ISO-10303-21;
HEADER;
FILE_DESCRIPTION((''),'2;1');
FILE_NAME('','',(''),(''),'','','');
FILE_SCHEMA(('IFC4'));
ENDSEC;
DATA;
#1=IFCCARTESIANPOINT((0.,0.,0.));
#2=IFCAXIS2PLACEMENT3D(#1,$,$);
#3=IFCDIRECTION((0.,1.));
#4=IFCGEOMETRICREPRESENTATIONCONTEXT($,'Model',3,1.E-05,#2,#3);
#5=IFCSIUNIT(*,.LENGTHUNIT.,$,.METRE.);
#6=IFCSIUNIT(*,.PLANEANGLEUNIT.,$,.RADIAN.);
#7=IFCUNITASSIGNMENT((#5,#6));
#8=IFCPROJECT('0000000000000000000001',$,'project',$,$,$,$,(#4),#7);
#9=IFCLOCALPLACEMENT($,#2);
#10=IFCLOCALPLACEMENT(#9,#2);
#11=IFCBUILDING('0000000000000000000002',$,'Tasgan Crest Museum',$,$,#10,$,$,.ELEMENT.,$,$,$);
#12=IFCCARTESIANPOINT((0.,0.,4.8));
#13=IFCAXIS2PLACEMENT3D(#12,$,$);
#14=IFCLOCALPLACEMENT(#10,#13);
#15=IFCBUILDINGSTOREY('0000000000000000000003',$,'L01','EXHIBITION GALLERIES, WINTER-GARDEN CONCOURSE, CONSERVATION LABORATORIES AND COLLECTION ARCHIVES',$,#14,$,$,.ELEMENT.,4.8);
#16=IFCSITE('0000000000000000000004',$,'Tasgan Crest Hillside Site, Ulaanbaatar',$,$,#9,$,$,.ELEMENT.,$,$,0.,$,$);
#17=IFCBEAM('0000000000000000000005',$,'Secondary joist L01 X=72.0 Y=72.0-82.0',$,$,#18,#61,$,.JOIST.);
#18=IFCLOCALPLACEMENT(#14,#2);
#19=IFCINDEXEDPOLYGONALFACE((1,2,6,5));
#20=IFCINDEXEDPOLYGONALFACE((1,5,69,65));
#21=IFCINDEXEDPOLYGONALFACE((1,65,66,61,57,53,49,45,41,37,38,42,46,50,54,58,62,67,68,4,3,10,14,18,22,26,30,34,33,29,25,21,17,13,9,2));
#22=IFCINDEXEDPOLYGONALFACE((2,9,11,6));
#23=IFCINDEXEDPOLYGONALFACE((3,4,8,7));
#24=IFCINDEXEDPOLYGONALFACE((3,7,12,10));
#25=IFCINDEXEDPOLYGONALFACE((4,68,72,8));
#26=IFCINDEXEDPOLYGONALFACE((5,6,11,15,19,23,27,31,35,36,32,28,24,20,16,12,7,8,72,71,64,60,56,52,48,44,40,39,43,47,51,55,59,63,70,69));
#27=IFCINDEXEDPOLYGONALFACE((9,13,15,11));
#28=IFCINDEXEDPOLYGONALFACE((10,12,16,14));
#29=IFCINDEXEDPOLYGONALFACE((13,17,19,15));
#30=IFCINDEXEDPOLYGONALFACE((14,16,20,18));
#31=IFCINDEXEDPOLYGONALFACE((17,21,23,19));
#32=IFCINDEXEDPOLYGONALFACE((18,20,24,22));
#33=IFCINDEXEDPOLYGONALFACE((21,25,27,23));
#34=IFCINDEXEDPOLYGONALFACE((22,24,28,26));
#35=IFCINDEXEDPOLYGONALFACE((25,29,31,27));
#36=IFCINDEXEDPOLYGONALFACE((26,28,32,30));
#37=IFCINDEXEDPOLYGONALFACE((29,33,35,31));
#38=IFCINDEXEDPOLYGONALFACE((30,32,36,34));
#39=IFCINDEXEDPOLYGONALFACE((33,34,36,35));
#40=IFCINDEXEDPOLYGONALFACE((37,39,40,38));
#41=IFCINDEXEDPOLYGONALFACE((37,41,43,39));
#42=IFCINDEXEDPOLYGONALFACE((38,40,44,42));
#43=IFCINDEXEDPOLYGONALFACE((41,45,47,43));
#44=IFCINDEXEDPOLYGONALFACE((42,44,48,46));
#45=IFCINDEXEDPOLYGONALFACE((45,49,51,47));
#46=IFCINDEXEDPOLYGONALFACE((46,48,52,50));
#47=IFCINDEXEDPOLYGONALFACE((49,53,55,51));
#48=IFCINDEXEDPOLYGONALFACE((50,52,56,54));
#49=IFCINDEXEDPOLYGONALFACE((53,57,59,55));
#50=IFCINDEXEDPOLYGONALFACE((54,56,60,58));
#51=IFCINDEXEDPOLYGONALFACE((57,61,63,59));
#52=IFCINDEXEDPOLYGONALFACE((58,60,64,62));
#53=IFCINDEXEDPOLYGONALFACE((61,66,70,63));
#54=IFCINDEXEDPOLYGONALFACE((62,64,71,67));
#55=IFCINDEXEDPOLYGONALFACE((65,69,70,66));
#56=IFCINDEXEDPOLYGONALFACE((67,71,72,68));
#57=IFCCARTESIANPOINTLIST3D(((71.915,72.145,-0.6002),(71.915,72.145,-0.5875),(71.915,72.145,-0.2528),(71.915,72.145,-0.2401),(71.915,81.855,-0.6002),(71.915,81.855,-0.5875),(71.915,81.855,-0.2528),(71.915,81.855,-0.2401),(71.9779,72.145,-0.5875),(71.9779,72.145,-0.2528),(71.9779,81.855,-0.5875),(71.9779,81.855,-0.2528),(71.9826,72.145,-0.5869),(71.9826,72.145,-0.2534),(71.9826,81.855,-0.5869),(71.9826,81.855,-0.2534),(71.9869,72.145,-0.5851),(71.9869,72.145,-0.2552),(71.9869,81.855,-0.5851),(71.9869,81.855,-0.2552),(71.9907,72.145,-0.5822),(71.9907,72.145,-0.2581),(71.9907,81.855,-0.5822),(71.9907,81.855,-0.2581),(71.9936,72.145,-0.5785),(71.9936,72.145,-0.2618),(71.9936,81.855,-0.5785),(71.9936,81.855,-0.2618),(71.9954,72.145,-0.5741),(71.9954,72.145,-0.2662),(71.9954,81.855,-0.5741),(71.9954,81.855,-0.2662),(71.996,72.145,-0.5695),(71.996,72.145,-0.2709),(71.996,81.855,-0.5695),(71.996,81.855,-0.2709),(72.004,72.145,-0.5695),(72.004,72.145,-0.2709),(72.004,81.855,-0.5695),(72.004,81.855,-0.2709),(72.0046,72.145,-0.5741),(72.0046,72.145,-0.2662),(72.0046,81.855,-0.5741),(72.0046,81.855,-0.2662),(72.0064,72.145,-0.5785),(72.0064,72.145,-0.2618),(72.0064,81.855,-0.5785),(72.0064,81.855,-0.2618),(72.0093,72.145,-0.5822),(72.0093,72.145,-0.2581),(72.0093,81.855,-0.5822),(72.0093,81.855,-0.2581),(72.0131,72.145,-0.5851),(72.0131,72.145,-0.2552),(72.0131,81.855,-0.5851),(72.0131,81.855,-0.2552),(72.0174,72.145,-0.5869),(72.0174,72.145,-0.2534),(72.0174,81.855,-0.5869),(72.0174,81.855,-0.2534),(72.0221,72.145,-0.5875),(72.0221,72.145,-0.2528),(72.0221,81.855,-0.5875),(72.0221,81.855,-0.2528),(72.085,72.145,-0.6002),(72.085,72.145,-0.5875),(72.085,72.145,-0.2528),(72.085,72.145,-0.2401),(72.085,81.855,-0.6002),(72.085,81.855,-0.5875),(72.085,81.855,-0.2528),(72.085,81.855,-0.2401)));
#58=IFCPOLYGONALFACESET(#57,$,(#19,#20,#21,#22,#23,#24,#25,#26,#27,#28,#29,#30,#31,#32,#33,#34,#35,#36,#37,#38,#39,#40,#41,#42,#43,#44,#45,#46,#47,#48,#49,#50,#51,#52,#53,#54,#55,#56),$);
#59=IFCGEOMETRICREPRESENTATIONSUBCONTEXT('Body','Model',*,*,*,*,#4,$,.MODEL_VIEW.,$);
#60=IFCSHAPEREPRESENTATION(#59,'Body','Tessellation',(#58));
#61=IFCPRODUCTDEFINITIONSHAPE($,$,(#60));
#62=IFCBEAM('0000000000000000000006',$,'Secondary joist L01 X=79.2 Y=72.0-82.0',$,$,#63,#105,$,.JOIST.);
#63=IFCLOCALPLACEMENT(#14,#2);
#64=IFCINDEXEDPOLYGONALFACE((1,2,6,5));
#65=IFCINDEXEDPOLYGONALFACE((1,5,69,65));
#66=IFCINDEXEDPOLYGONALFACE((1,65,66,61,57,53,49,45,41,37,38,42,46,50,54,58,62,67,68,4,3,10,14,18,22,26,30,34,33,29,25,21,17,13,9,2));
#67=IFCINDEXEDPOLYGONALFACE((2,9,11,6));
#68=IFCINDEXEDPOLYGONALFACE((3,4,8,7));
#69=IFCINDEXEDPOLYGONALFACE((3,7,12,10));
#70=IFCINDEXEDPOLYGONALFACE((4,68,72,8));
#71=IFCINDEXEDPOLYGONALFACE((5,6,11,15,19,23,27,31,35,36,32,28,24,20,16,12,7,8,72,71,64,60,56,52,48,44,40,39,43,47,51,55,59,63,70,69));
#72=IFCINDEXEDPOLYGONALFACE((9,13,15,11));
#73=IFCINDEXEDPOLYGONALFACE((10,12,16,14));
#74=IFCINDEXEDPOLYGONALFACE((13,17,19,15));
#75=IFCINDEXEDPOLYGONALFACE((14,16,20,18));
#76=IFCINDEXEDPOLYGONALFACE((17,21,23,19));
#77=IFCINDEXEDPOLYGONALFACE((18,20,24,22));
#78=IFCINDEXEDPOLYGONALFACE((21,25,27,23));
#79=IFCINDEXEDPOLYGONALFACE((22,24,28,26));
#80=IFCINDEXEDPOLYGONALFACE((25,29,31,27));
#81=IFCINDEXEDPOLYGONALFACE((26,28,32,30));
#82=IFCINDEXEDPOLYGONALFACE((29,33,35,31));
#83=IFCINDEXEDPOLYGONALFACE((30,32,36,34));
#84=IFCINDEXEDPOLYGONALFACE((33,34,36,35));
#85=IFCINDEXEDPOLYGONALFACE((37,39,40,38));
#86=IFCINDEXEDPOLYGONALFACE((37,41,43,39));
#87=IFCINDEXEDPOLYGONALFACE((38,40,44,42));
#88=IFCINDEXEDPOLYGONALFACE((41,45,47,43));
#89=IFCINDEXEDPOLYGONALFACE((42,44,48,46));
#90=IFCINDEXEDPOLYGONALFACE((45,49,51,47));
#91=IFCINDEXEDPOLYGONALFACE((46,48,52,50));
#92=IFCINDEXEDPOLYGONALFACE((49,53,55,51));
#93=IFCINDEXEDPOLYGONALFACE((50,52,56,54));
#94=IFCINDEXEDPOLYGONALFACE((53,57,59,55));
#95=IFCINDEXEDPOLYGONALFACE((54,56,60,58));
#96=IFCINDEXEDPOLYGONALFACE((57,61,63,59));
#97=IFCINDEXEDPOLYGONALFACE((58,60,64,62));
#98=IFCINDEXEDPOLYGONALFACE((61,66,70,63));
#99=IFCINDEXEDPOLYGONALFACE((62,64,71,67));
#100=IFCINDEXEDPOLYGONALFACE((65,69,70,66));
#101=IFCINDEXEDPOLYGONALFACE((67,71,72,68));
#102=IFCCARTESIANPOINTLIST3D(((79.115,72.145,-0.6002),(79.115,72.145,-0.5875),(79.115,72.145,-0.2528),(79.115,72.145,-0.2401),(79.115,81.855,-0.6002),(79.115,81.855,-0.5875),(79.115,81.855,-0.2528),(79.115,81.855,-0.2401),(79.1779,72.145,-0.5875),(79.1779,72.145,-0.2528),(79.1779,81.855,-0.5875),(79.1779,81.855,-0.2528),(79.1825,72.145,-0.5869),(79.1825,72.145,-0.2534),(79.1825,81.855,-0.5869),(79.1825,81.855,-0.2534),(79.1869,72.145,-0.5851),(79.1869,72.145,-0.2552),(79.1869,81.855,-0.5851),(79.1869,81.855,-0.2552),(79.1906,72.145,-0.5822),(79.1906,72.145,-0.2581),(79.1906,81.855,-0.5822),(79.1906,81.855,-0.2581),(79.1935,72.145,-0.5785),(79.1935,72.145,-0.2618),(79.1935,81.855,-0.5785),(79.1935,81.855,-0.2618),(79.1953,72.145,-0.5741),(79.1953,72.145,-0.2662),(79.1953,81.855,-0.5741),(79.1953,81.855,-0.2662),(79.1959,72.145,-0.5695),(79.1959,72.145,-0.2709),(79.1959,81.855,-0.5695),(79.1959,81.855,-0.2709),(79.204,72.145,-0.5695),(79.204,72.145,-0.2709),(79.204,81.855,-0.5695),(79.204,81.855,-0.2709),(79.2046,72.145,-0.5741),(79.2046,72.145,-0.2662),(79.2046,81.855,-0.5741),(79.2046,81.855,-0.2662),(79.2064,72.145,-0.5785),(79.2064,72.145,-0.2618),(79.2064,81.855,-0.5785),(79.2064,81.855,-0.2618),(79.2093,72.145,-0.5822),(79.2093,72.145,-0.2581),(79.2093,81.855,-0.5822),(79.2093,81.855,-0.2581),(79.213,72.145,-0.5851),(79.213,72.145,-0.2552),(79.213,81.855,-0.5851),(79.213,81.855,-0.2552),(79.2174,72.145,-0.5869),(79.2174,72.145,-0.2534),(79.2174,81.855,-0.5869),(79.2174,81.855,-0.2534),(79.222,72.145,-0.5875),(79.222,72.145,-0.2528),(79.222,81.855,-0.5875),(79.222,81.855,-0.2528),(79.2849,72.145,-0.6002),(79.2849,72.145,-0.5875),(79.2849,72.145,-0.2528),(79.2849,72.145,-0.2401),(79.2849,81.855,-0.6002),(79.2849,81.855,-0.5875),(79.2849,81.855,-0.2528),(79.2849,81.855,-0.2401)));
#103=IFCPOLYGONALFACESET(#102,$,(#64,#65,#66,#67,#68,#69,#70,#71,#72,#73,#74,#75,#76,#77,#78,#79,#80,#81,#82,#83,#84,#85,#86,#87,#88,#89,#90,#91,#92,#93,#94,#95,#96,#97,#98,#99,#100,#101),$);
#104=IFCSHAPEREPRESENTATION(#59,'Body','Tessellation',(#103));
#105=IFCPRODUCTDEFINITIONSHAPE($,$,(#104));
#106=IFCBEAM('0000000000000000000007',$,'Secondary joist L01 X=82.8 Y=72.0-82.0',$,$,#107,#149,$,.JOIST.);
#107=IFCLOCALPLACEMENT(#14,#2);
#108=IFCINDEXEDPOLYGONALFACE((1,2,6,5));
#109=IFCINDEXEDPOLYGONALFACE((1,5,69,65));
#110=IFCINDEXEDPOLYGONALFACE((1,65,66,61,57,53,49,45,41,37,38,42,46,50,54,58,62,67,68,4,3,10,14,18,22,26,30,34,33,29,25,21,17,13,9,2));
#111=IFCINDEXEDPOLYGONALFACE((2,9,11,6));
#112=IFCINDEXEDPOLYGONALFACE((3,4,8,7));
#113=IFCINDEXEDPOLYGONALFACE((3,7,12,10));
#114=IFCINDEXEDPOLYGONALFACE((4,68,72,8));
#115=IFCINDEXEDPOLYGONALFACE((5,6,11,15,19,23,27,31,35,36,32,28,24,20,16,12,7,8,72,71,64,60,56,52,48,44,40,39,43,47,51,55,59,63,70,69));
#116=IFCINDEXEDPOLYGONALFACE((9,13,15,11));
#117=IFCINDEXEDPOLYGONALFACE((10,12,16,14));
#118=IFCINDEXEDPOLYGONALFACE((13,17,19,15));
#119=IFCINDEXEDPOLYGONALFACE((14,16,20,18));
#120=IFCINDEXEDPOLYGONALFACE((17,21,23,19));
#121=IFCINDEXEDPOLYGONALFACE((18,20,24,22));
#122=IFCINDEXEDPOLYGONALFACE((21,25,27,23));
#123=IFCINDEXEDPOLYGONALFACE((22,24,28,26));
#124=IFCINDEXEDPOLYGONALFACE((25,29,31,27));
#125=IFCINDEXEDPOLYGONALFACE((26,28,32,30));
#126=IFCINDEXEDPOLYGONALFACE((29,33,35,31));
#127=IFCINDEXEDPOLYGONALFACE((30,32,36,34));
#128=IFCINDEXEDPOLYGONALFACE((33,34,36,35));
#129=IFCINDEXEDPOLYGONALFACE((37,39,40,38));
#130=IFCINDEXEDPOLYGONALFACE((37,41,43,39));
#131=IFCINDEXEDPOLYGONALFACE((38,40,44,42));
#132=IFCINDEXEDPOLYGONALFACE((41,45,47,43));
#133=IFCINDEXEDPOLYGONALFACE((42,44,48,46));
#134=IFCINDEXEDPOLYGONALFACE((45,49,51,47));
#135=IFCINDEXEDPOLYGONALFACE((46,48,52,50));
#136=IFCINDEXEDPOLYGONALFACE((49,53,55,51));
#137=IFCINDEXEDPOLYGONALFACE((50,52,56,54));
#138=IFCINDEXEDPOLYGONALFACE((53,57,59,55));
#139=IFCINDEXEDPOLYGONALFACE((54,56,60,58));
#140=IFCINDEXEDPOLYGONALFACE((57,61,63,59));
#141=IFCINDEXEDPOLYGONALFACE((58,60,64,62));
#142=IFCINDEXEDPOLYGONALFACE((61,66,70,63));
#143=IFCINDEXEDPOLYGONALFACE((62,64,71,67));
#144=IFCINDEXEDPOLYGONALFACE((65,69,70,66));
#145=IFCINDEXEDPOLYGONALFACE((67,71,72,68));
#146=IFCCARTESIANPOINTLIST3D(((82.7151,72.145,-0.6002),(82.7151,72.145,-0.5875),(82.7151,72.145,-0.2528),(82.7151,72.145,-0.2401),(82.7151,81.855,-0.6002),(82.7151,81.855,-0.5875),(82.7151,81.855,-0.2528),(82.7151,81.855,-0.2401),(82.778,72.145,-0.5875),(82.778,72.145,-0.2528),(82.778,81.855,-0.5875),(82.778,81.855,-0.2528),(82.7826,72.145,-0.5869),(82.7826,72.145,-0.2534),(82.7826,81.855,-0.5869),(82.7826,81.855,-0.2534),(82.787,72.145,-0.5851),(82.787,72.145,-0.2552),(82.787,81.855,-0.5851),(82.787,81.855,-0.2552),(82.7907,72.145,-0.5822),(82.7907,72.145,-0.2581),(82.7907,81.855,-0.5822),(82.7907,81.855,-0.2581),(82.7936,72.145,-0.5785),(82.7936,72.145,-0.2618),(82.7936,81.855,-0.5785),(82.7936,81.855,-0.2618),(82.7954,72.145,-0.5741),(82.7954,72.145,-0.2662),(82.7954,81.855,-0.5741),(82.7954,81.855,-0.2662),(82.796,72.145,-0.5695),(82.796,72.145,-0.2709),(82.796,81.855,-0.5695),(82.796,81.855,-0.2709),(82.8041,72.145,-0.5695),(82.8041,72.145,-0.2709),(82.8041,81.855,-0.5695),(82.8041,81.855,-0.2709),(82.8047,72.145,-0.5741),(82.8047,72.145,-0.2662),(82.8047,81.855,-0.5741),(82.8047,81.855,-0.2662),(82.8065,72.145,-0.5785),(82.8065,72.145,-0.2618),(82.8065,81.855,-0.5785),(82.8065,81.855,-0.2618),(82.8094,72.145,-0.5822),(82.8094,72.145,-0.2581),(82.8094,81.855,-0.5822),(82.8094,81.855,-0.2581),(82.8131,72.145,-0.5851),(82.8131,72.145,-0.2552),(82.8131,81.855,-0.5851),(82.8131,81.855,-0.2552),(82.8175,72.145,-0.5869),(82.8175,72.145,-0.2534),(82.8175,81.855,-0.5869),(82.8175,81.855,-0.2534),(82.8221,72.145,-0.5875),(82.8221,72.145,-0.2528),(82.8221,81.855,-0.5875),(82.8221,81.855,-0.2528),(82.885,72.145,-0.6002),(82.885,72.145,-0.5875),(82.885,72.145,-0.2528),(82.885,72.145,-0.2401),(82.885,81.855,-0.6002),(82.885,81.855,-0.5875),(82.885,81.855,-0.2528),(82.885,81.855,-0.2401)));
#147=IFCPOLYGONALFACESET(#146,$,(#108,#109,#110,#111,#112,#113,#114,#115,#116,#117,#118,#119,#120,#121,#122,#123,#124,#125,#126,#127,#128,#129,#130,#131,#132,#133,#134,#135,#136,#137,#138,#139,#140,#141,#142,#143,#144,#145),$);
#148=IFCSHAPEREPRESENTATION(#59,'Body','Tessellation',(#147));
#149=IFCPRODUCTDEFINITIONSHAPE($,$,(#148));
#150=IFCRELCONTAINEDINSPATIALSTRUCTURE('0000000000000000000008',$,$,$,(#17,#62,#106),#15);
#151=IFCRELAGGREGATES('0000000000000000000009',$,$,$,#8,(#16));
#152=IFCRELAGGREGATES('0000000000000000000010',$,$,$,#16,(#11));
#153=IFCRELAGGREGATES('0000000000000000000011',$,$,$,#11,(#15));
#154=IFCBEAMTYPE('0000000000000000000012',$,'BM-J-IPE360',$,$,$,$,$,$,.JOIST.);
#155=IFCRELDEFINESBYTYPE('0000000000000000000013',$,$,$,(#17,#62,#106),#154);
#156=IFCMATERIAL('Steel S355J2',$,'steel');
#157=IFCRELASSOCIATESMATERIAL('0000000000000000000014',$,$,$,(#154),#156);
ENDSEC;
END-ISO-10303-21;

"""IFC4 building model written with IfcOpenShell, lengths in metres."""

from ifc_helpers import new_model, si_unit, direction, frame, origin, origin_2d, place, context, subcontext, project, spatial, i_section, extrude, material, material_profile, profile_set, type_object, element, save


model = new_model("IFC4")

# Units and contexts
model_context = context("Model", 3, precision=1e-05, world=origin(), true_north=direction((0.0, 1.0)))
body_context = subcontext(model_context, "Body", "Model", "MODEL_VIEW")
ifc_project = project(units=[si_unit("LENGTHUNIT", "METRE"), si_unit("PLANEANGLEUNIT", "RADIAN")], contexts=[model_context])

# Site, building, storey
site_placement = place(None, origin())
site = spatial("IfcSite", under=ifc_project, at=site_placement, Name="Tasgan Crest Hillside Site, Ulaanbaatar", CompositionType="ELEMENT", RefElevation=0.0)
building_placement = place(site_placement, origin())
building = spatial("IfcBuilding", under=site, at=building_placement, Name="Tasgan Crest Museum", CompositionType="ELEMENT")
storey_placement = place(building_placement, frame((0.0, 0.0, 4.8)))
storey = spatial("IfcBuildingStorey", under=building, at=storey_placement, Name="L01", Description="EXHIBITION GALLERIES, WINTER-GARDEN CONCOURSE, CONSERVATION LABORATORIES AND COLLECTION ARCHIVES", CompositionType="ELEMENT", Elevation=4.8)

# Beams
ifc_material_1 = material(Name="Steel S355J2", Category="steel")
ifc_material_profile_1 = material_profile(ifc_material_1, i_section(OverallWidth=0.1699, OverallDepth=0.3601, WebThickness=0.0081, FlangeThickness=0.0127, FilletRadius=0.0181, at=origin_2d()), Name="IPE 360")
ifc_profile_set_1 = profile_set([ifc_material_profile_1], Name="Steel S355J2")
beam_type_1 = type_object("IfcBeamType", Name="BM-J-IPE360", PredefinedType="JOIST", material=ifc_profile_set_1)
for number, where, z_axis, x_axis, name in (
    (1, (72.0, 72.145, -0.4202), (0.0, 1.0, 0.0), (-1.0, 0.0, 0.0), "Secondary joist L01 X=72.0 Y=72.0-82.0"),
    (2, (79.2, 72.145, -0.4202), (0.0, 1.0, 0.0), (-1.0, 0.0, 0.0), "Secondary joist L01 X=79.2 Y=72.0-82.0"),
    (3, (82.8, 72.145, -0.4202), (0.0, 1.0, 0.0), (-1.0, 0.0, 0.0), "Secondary joist L01 X=82.8 Y=72.0-82.0"),
):
    element("IfcBeam", number, at=place(storey_placement, frame(where, z_axis=z_axis, x_axis=x_axis)), inside=storey, type_object=beam_type_1, Name=name, PredefinedType="JOIST", context=body_context, shape_type="SweptSolid", body=[
        extrude(i_section(OverallWidth=0.1699, OverallDepth=0.3601, WebThickness=0.0081, FlangeThickness=0.0127, FilletRadius=0.0181, at=origin_2d()), origin(), (0.0, 0.0, 1.0), 9.71),
    ])

save(model, "model.ifc")
